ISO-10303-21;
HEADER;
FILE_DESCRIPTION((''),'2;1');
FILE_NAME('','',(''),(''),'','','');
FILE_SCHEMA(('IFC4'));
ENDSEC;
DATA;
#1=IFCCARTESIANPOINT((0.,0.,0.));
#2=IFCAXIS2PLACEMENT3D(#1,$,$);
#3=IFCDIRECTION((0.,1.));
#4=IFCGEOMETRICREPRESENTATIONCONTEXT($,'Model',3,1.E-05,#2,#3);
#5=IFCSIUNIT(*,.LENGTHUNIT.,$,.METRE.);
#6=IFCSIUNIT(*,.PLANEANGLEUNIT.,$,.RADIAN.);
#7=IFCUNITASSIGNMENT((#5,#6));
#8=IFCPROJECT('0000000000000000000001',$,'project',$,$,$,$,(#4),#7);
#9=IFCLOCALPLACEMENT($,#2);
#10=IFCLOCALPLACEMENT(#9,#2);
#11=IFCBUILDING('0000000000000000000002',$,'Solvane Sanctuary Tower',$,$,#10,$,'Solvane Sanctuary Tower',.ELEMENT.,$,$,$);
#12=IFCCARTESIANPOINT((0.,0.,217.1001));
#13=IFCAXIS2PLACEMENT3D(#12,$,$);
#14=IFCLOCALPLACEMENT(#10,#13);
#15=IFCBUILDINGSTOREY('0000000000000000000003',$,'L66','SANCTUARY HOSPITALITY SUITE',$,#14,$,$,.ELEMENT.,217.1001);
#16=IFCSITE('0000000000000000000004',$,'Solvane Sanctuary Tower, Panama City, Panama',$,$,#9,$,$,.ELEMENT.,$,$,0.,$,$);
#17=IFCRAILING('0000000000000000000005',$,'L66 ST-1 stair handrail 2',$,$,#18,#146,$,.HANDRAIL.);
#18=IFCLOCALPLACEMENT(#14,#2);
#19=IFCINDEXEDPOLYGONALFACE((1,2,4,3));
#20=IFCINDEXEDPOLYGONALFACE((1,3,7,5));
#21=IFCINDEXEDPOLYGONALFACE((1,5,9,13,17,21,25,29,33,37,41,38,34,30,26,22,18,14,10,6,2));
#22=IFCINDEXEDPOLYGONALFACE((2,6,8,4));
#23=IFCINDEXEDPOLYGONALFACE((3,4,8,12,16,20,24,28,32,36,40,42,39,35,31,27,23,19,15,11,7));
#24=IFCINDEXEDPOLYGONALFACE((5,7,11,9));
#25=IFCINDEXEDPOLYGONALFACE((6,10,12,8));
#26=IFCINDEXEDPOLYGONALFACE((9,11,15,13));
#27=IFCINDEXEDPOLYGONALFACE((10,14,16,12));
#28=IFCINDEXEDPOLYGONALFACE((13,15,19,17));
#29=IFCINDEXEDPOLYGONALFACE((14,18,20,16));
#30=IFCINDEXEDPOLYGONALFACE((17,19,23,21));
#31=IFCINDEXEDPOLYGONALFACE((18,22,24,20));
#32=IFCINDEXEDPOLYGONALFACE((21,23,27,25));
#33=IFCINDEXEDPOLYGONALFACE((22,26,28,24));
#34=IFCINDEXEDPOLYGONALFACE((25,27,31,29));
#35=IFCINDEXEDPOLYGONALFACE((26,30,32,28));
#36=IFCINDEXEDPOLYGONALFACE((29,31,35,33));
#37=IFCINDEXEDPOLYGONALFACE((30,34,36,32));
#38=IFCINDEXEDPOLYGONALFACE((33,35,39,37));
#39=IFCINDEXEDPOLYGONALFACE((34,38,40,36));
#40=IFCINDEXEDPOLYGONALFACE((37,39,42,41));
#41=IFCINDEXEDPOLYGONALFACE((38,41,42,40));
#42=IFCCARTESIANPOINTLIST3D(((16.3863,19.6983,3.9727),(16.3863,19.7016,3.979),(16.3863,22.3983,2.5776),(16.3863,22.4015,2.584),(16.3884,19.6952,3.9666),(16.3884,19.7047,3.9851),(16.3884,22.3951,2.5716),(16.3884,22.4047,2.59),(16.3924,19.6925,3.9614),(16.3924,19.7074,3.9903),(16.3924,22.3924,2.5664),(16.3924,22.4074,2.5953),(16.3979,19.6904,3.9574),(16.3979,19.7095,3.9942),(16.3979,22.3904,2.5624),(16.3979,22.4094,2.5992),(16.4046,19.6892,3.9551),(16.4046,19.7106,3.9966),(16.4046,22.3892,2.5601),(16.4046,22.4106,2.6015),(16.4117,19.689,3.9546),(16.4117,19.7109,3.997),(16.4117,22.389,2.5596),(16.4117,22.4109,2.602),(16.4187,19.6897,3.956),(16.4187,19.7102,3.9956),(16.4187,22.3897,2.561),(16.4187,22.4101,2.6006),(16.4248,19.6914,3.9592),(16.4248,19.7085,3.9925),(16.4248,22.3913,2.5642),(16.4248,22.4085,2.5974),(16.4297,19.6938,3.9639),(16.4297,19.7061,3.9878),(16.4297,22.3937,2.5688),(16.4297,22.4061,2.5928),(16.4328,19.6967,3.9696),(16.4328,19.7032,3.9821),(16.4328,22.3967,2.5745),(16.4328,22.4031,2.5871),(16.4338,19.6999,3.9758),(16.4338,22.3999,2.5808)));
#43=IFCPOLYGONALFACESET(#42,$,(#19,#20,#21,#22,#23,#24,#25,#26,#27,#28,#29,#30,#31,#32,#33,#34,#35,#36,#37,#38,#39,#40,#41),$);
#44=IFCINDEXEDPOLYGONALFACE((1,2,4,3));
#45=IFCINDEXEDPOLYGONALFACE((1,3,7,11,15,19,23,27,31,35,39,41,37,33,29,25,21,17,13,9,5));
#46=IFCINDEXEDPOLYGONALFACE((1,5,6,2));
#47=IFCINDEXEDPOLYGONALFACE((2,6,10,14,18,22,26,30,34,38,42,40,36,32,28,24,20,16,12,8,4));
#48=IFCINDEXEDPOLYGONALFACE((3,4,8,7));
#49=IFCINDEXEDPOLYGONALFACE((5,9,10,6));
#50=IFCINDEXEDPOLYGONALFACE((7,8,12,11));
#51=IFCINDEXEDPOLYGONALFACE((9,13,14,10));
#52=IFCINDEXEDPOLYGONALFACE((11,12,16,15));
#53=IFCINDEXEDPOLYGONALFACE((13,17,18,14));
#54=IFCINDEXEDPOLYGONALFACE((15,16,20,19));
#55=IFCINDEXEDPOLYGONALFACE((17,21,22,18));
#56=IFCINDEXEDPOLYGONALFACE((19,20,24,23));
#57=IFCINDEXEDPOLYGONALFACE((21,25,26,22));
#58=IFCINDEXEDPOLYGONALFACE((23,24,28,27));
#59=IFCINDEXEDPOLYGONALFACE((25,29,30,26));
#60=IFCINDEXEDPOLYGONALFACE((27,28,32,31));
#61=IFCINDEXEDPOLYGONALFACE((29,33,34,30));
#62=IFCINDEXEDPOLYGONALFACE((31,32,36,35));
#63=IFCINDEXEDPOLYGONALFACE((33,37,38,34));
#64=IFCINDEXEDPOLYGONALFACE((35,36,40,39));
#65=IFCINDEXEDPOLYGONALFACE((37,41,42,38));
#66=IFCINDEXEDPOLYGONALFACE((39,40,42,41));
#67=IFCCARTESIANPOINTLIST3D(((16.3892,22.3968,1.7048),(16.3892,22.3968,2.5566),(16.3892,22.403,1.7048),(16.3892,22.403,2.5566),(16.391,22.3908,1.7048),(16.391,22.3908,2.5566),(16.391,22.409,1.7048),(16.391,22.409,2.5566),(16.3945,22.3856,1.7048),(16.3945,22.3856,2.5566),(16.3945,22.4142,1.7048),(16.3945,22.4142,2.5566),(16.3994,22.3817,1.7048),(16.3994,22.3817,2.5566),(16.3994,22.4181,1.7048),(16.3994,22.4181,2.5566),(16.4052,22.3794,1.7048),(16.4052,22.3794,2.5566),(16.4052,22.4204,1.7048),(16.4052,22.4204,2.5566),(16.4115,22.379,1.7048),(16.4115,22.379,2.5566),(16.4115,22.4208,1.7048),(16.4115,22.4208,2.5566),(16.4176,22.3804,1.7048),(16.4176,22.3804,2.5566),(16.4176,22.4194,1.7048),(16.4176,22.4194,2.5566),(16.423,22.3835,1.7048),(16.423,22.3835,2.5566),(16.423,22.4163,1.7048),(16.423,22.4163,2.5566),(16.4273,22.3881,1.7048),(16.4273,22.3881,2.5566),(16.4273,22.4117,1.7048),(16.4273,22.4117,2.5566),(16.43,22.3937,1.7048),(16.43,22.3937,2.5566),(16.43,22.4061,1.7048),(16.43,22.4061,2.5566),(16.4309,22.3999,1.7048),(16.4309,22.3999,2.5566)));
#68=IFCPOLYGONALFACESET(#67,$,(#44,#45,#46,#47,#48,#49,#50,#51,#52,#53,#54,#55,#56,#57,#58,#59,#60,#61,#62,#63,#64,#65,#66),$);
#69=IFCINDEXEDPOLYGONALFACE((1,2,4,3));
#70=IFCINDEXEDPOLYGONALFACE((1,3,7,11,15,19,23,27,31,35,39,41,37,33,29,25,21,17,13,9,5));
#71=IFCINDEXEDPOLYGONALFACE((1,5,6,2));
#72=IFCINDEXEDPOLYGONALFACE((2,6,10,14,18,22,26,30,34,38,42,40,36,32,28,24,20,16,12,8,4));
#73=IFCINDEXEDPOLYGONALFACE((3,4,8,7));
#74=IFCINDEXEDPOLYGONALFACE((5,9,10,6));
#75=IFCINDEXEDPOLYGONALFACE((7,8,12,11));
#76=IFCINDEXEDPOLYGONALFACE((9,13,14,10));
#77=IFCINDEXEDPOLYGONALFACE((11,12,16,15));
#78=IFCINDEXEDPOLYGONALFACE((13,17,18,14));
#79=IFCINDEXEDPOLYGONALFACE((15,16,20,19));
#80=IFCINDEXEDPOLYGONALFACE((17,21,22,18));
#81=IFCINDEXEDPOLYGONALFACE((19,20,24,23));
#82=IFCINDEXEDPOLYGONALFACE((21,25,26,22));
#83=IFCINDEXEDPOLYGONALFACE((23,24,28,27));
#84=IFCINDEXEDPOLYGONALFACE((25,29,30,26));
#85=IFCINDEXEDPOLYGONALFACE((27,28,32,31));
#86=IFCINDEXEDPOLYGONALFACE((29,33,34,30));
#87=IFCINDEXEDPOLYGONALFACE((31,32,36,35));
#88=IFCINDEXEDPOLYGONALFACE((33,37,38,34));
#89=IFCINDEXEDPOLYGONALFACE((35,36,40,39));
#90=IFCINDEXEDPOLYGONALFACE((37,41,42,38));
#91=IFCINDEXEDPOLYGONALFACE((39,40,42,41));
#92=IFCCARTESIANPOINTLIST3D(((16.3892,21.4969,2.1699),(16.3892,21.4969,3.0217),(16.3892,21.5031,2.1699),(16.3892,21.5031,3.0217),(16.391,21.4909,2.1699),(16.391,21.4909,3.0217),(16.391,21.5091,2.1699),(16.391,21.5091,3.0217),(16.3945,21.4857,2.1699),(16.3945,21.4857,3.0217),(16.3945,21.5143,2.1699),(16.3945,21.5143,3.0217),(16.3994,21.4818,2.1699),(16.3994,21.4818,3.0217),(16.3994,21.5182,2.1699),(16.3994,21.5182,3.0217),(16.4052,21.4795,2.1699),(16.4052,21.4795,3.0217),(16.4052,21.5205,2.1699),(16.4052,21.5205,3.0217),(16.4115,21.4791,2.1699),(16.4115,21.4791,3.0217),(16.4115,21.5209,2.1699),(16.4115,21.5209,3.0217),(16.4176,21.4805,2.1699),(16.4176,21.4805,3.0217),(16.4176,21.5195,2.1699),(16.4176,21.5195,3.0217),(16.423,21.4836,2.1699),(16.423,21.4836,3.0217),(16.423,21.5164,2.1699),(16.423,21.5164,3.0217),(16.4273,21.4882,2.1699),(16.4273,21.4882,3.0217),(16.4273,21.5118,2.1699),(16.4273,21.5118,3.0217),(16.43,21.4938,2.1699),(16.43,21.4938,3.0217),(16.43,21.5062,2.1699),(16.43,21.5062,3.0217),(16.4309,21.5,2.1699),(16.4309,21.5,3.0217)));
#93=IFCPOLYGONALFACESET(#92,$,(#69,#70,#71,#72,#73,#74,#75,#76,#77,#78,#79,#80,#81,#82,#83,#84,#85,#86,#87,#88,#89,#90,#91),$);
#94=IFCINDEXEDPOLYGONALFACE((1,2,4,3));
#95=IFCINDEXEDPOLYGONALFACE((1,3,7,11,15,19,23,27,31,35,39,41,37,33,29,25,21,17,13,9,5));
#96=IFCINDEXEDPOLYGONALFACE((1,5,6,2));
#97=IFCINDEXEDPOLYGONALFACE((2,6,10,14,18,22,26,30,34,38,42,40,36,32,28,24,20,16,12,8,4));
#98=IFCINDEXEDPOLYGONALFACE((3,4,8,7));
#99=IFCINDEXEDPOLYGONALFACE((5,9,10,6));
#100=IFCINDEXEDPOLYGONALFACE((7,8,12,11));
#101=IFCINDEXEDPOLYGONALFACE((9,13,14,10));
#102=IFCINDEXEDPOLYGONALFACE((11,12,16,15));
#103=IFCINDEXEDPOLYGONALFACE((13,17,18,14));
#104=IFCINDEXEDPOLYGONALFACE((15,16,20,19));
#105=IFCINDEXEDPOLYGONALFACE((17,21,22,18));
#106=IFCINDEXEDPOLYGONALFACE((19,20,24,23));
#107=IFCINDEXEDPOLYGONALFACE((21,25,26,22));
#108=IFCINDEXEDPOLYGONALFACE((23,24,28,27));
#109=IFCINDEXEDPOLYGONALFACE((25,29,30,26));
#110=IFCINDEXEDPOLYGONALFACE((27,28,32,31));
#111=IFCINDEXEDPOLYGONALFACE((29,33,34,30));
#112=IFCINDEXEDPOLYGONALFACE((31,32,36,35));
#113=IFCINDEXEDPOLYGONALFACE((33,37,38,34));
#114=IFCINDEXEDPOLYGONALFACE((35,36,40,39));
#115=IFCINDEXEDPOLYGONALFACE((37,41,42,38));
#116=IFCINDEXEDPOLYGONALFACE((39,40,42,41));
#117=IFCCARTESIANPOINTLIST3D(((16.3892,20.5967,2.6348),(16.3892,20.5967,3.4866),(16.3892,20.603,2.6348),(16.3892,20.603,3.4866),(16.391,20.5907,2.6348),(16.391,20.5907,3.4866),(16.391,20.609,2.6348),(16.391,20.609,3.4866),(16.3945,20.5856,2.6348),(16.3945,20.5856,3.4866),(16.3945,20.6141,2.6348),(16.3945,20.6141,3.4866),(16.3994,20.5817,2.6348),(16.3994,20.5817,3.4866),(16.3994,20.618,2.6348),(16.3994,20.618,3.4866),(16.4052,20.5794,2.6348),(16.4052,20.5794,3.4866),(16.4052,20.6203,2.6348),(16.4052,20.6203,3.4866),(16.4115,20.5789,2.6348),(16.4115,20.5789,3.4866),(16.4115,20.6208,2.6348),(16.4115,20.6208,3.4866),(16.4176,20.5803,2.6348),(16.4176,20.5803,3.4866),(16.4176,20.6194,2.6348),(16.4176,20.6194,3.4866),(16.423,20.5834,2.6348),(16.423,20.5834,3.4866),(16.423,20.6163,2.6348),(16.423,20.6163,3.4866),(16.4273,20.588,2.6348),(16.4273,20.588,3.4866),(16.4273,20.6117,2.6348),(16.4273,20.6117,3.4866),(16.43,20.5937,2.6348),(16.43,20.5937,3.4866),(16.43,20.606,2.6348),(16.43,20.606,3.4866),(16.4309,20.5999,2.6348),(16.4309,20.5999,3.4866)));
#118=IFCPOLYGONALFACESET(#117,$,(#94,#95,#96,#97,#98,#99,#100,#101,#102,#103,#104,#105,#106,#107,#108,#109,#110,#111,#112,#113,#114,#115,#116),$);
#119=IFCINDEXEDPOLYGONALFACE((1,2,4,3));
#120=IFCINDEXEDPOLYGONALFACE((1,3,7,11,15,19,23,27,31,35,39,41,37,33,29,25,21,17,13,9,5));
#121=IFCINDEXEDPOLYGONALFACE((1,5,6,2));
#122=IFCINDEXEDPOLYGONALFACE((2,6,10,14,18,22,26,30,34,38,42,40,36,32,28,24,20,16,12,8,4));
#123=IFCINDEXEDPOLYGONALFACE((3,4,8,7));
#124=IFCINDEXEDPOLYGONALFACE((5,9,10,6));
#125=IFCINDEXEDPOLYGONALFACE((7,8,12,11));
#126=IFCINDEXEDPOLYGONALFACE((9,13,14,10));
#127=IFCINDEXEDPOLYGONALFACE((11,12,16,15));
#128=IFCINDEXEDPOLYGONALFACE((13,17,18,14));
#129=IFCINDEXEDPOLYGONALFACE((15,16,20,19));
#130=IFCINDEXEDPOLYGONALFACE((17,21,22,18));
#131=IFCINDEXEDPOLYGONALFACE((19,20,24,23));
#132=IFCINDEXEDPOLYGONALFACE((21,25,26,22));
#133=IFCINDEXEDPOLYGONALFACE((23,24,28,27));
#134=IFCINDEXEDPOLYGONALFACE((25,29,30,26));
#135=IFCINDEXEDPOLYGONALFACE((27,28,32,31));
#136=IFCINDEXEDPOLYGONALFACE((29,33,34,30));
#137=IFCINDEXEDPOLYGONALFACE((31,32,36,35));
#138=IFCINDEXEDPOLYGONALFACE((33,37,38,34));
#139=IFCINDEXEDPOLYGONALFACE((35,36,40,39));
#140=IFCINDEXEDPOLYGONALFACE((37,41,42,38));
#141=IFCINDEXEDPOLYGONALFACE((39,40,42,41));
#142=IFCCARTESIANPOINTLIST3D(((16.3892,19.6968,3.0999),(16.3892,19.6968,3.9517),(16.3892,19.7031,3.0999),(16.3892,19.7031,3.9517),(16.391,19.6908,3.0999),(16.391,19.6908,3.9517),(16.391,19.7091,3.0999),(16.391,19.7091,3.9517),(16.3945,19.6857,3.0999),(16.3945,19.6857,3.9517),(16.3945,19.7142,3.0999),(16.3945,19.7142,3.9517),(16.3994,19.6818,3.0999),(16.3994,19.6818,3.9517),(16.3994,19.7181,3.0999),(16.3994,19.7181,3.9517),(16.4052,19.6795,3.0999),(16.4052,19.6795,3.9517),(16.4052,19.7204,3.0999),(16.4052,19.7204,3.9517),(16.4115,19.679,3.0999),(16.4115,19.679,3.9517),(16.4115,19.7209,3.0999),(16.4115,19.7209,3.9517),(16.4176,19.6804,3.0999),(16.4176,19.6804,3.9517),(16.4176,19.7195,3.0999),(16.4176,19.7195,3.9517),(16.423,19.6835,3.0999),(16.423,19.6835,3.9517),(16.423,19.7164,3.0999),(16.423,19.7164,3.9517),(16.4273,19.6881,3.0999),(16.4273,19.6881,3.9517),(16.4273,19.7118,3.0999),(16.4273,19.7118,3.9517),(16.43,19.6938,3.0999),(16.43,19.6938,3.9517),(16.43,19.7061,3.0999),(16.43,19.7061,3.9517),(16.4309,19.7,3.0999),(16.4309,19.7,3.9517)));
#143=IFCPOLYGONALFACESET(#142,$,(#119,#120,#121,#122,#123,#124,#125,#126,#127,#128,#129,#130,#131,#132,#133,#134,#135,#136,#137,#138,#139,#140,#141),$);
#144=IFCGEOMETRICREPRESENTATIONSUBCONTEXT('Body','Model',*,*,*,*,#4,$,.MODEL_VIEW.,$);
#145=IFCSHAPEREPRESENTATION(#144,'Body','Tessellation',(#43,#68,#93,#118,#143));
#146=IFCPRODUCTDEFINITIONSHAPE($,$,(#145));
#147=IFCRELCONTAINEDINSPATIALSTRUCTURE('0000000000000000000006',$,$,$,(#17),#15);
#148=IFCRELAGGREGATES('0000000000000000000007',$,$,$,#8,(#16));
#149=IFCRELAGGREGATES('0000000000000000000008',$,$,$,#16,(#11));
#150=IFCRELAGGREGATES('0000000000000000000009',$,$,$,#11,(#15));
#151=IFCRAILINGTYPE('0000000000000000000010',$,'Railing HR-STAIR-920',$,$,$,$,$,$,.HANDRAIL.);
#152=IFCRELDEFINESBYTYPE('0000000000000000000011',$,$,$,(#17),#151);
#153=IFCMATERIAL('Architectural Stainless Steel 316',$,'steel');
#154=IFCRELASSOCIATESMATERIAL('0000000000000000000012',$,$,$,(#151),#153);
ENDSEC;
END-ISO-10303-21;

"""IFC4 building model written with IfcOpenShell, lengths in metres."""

from ifc_helpers import new_model, si_unit, direction, frame, origin, origin_2d, place, context, subcontext, project, spatial, circle, extrude, material, type_object, element, save


model = new_model("IFC4")

# Units and contexts
model_context = context("Model", 3, precision=1e-05, world=origin(), true_north=direction((0.0, 1.0)))
body_context = subcontext(model_context, "Body", "Model", "MODEL_VIEW")
ifc_project = project(units=[si_unit("LENGTHUNIT", "METRE"), si_unit("PLANEANGLEUNIT", "RADIAN")], contexts=[model_context])

# Site, building, storey
site_placement = place(None, origin())
site = spatial("IfcSite", under=ifc_project, at=site_placement, Name="Solvane Sanctuary Tower, Panama City, Panama", CompositionType="ELEMENT", RefElevation=0.0)
building_placement = place(site_placement, origin())
building = spatial("IfcBuilding", under=site, at=building_placement, Name="Solvane Sanctuary Tower", LongName="Solvane Sanctuary Tower", CompositionType="ELEMENT")
storey_placement = place(building_placement, frame((0.0, 0.0, 217.1001)))
storey = spatial("IfcBuildingStorey", under=building, at=storey_placement, Name="L66", Description="SANCTUARY HOSPITALITY SUITE", CompositionType="ELEMENT", Elevation=217.1001)

# Shared definitions
ifc_material_1 = material(Name="Architectural Stainless Steel 316", Category="steel")

# Railing
railing_type_1 = type_object("IfcRailingType", Name="Railing HR-STAIR-920", PredefinedType="HANDRAIL", material=ifc_material_1)
railing_1_placement = place(storey_placement, frame((16.4099, 22.3999, 1.7048)))
element("IfcRailing", 1, at=railing_1_placement, inside=storey, type_object=railing_type_1, Name="L66 ST-1 stair handrail 2", PredefinedType="HANDRAIL", context=body_context, shape_type="SweptSolid", body=[
    extrude(circle(Radius=0.0239, at=origin_2d()), frame((0.0, 0.0, 0.876), z_axis=(0.0, -0.88842, 0.459032), x_axis=(1.0, 0.0, 0.0)), (0.0, 0.0, 1.0), 3.0391),
    extrude(circle(Radius=0.021, at=origin_2d()), origin(), (0.0, 0.0, 1.0), 0.8518),
    extrude(circle(Radius=0.021, at=origin_2d()), frame((0.0, -0.8999, 0.4651)), (0.0, 0.0, 1.0), 0.8518),
    extrude(circle(Radius=0.021, at=origin_2d()), frame((0.0, -1.8, 0.9299)), (0.0, 0.0, 1.0), 0.8518),
    extrude(circle(Radius=0.021, at=origin_2d()), frame((0.0, -2.7, 1.395)), (0.0, 0.0, 1.0), 0.8518),
])

save(model, "model.ifc")
